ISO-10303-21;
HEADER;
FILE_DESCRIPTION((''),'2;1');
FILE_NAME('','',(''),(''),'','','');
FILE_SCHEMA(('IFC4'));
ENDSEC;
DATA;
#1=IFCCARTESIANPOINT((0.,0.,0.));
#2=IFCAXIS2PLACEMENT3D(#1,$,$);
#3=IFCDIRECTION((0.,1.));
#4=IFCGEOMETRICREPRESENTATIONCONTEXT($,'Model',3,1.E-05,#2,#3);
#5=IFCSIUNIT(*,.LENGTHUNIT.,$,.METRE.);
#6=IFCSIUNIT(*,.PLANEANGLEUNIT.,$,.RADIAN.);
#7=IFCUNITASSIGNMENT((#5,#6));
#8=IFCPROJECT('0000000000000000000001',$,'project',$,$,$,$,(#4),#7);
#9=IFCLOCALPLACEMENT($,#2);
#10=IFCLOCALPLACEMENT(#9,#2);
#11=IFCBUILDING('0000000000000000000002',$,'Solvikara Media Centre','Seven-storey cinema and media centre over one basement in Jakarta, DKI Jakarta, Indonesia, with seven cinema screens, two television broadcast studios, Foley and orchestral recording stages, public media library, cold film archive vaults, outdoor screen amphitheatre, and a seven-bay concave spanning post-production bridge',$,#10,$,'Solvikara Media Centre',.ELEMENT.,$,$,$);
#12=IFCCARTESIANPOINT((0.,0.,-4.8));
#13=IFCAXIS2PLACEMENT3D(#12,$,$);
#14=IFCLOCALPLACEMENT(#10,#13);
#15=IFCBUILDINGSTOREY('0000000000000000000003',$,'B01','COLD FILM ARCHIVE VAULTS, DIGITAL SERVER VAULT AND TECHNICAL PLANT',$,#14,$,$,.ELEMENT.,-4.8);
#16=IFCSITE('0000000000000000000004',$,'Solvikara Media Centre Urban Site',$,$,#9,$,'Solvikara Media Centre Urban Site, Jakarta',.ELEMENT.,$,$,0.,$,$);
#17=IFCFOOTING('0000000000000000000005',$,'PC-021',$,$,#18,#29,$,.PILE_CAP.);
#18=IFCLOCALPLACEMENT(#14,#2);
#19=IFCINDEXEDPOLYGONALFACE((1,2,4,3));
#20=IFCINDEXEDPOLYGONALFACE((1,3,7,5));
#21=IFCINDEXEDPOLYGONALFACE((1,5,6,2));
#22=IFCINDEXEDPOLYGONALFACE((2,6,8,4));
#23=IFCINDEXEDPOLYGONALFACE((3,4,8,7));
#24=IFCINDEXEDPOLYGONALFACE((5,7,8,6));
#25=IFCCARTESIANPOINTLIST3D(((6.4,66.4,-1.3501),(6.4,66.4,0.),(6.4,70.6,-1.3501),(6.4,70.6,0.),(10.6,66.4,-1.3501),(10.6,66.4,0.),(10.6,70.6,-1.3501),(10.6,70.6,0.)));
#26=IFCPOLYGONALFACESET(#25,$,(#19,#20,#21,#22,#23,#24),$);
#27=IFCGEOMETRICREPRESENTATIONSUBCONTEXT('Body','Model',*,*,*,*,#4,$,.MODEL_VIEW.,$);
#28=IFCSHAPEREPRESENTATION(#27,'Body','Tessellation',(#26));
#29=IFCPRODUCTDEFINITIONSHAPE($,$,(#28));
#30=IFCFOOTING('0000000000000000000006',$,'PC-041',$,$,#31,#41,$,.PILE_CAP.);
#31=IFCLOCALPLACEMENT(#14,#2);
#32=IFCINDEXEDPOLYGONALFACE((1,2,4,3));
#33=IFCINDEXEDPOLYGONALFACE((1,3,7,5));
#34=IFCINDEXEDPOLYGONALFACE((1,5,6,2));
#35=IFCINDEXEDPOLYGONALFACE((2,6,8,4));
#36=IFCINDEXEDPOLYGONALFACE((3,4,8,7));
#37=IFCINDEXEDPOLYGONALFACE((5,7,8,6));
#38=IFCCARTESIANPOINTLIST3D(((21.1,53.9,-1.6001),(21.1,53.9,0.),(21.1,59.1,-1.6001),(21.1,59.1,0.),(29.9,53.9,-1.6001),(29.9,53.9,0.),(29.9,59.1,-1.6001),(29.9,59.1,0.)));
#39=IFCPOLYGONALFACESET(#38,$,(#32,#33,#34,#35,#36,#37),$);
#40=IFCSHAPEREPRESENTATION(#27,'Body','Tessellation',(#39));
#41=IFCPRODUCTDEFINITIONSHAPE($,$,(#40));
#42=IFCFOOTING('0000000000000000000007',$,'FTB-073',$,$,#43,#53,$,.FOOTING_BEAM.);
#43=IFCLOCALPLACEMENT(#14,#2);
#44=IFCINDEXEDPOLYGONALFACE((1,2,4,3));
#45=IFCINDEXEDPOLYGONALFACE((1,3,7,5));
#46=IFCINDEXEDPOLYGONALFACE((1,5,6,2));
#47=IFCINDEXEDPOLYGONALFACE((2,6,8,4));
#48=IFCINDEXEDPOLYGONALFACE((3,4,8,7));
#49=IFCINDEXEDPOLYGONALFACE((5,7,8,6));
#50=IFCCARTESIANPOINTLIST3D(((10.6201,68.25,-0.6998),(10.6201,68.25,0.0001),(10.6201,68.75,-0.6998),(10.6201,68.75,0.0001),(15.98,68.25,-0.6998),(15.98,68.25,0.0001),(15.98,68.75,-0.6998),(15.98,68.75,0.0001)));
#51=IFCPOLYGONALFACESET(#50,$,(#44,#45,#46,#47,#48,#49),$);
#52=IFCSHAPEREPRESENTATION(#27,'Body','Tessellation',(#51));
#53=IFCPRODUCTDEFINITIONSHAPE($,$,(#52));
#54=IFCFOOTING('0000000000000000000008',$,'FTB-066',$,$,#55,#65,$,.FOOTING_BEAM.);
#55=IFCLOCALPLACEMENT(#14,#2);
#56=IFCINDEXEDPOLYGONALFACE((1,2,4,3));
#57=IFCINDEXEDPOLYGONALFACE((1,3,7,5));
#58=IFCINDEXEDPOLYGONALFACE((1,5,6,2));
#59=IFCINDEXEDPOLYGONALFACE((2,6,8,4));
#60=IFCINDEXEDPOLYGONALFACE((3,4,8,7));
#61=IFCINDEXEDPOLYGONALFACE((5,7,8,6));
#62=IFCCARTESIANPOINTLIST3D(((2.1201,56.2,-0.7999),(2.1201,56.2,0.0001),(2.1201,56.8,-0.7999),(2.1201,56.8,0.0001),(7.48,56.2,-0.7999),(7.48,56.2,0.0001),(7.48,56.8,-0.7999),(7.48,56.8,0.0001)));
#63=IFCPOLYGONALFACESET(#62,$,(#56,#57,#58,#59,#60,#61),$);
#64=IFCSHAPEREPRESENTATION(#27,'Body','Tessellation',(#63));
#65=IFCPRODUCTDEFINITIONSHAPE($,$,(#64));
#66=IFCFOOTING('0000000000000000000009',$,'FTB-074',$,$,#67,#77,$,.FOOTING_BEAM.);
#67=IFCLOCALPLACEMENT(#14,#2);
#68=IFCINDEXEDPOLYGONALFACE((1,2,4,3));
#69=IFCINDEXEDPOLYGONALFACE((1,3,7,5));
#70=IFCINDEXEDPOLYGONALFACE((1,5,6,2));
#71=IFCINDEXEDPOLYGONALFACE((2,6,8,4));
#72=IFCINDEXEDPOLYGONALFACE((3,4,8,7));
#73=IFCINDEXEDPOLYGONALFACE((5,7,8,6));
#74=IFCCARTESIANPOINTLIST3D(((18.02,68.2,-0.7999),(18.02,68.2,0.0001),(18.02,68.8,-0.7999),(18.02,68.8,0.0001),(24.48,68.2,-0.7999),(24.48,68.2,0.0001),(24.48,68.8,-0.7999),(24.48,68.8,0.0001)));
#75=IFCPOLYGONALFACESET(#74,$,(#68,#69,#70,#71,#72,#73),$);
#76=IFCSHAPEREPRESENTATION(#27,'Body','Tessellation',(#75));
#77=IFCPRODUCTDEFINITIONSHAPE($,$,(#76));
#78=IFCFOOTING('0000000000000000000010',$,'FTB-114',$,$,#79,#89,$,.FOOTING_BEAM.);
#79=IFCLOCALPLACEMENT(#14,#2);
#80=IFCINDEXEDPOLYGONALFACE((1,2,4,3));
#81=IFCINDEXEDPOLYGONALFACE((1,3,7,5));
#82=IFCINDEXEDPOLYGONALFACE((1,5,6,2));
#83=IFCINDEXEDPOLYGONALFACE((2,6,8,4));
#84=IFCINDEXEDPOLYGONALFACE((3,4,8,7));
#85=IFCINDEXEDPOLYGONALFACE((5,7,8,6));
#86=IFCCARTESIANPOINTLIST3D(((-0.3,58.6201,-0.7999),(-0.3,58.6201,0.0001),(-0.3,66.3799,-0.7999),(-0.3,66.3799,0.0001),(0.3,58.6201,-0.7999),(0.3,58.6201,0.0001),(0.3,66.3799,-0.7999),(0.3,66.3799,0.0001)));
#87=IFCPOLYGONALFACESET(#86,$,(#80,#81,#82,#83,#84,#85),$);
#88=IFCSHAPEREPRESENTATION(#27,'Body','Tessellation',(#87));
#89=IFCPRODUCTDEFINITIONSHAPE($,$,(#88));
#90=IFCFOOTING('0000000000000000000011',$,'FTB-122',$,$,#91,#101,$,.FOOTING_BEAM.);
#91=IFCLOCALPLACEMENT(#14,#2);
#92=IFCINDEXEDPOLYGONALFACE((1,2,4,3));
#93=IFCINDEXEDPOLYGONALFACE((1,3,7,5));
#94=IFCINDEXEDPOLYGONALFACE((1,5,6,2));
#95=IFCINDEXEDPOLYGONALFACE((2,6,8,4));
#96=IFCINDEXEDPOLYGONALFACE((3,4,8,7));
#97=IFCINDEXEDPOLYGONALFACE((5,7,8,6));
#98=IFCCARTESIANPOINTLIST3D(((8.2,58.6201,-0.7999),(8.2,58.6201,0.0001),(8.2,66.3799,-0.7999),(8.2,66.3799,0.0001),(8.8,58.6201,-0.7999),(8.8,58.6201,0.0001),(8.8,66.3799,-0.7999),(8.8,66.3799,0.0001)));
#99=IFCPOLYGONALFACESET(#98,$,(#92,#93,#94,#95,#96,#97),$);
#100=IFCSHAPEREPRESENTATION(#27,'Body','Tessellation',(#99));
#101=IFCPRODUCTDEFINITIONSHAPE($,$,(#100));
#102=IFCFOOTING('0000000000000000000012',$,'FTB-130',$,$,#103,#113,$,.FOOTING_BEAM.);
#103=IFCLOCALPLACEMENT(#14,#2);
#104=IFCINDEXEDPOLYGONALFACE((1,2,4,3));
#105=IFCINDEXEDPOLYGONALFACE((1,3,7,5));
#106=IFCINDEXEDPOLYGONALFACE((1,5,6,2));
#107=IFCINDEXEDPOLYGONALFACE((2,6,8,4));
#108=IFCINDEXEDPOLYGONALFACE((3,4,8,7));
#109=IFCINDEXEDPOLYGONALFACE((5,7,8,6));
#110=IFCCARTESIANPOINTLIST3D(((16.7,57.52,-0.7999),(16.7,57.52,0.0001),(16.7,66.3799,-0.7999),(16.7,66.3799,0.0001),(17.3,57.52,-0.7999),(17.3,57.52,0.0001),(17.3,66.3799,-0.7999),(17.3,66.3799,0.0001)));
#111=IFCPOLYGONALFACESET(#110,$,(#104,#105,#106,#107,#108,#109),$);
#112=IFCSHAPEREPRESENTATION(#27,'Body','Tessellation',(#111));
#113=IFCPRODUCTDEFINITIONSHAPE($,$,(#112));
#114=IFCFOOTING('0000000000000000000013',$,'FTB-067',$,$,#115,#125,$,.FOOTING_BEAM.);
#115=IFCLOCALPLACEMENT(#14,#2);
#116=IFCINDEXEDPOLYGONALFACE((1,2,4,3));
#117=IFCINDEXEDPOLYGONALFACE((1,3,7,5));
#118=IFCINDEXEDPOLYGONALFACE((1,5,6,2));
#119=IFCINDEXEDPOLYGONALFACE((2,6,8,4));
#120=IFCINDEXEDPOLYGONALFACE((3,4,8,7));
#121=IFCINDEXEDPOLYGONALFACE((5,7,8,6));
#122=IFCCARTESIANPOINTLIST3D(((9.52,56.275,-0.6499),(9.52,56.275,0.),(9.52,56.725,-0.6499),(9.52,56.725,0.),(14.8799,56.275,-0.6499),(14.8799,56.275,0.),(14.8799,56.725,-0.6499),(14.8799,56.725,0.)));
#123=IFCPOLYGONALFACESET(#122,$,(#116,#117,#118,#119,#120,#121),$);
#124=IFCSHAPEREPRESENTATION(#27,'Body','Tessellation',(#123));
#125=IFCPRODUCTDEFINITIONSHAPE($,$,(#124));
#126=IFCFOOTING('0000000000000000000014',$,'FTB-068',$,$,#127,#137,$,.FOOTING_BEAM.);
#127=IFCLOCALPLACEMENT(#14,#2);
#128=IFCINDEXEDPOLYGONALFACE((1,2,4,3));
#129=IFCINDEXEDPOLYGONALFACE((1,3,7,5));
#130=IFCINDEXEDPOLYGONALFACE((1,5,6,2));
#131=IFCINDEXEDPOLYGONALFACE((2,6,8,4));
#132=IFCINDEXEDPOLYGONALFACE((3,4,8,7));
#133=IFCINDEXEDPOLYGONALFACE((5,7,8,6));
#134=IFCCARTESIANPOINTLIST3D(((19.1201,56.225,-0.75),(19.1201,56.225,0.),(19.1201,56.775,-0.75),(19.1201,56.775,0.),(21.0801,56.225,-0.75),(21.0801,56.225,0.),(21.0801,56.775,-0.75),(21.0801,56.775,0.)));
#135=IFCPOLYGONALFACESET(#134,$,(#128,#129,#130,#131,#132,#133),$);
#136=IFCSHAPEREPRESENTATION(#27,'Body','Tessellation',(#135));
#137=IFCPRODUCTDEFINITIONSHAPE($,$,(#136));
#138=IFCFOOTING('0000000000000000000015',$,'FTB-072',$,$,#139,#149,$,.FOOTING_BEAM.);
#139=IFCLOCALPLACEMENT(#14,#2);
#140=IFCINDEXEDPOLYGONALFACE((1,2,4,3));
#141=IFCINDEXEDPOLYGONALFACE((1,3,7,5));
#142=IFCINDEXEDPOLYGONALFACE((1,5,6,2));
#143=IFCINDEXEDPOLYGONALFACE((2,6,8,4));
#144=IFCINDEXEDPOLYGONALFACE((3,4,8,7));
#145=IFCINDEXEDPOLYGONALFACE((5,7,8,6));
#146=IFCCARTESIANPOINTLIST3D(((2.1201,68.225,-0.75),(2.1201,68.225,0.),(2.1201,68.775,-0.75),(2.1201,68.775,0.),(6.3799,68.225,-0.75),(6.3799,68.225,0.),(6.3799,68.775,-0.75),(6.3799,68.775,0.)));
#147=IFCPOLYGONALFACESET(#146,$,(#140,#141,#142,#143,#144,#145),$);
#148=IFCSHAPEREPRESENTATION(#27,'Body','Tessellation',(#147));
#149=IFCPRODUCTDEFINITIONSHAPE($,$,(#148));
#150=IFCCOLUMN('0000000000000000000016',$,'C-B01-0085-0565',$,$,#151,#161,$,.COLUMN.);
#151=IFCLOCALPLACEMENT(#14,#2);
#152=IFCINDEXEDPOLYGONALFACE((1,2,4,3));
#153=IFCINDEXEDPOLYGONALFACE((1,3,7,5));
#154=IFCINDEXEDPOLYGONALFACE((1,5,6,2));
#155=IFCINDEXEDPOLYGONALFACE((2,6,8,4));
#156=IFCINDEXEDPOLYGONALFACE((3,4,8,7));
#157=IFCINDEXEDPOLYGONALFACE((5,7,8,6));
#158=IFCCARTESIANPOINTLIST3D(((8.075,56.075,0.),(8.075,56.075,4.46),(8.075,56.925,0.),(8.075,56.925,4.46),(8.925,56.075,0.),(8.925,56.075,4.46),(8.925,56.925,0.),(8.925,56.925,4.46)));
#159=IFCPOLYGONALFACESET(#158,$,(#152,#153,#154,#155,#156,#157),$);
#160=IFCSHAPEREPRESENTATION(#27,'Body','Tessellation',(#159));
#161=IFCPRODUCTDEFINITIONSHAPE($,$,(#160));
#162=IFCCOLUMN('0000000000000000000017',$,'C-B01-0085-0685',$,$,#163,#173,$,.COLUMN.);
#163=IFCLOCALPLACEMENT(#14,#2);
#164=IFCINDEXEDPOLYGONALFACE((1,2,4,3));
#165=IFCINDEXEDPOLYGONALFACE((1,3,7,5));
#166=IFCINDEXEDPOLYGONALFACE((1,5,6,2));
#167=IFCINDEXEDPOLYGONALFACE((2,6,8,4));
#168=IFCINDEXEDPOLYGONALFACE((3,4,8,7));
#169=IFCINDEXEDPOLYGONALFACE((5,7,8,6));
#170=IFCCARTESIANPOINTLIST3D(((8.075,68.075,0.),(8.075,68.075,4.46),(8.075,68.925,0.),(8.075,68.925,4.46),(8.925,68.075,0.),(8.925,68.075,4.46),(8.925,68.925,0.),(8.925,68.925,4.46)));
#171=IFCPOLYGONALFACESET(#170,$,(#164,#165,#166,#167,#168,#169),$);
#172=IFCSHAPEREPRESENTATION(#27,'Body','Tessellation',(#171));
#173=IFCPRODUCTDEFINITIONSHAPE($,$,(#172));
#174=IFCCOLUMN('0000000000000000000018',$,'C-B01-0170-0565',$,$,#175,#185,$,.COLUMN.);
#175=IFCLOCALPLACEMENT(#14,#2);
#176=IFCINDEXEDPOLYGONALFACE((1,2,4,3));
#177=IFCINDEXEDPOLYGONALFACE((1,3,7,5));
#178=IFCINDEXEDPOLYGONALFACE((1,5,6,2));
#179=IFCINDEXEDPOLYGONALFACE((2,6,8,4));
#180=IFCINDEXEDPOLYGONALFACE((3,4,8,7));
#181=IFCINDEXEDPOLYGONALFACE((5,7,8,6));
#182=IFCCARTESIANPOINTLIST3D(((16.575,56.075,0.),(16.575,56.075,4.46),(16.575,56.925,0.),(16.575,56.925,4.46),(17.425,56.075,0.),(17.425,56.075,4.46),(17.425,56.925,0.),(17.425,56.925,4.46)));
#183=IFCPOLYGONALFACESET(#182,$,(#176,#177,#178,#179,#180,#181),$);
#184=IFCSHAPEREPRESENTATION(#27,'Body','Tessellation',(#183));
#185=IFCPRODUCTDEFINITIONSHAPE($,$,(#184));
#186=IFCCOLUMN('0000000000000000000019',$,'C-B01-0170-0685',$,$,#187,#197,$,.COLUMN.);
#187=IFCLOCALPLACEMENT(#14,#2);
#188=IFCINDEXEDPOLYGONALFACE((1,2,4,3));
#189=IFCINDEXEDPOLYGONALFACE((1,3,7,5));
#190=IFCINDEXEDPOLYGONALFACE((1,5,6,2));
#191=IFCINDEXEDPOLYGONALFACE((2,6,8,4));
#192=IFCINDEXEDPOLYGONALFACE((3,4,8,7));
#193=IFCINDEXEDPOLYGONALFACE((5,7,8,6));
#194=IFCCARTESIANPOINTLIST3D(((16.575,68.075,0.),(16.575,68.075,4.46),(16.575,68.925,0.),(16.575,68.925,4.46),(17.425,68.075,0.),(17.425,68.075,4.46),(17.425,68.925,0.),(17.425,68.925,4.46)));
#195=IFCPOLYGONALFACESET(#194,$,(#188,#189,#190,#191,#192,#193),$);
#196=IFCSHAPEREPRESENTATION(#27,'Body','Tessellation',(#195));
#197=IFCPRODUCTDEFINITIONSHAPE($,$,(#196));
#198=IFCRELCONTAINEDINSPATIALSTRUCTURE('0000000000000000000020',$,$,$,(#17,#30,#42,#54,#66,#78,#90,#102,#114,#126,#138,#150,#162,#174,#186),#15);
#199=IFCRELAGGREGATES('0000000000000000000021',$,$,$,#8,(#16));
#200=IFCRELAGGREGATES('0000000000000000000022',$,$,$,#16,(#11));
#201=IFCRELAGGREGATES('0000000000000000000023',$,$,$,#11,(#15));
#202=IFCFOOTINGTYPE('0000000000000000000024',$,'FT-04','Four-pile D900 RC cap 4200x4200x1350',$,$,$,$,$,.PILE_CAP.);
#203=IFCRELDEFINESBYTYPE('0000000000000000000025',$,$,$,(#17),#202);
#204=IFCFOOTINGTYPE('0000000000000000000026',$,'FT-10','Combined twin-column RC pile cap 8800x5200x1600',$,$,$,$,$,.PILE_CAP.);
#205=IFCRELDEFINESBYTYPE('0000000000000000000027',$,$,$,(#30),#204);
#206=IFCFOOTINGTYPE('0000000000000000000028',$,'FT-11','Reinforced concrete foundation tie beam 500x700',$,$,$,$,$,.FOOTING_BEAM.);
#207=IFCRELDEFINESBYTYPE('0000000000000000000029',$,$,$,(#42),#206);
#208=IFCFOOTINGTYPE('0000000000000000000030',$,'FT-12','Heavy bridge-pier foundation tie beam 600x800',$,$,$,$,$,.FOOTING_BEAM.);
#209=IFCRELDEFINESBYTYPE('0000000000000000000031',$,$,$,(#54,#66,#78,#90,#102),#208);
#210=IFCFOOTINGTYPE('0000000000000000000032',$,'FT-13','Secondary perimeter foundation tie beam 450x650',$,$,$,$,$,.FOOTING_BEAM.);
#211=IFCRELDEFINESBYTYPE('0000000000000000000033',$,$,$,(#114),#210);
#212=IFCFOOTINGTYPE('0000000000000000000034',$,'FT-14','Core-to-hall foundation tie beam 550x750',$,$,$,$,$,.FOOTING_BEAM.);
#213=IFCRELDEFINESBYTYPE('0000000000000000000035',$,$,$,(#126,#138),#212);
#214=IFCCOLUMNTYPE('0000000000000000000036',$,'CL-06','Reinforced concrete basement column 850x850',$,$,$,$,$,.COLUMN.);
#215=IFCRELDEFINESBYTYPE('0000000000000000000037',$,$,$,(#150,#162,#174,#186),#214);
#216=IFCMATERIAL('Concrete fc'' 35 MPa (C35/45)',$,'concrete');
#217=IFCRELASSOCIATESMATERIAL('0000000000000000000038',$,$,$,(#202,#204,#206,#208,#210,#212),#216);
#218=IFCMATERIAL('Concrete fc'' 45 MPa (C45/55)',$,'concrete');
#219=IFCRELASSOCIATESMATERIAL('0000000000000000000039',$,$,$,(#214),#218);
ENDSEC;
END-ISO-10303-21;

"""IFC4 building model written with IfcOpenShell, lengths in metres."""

from ifc_helpers import new_model, si_unit, direction, frame, origin, origin_2d, place, context, subcontext, project, spatial, rectangle, extrude, material, material_profile, profile_set, type_object, element, save


model = new_model("IFC4")

# Units and contexts
model_context = context("Model", 3, precision=1e-05, world=origin(), true_north=direction((0.0, 1.0)))
body_context = subcontext(model_context, "Body", "Model", "MODEL_VIEW")
ifc_project = project(units=[si_unit("LENGTHUNIT", "METRE"), si_unit("PLANEANGLEUNIT", "RADIAN")], contexts=[model_context])

# Site, building, storey
site_placement = place(None, origin())
site = spatial("IfcSite", under=ifc_project, at=site_placement, Name="Solvikara Media Centre Urban Site", LongName="Solvikara Media Centre Urban Site, Jakarta", CompositionType="ELEMENT", RefElevation=0.0)
building_placement = place(site_placement, origin())
building = spatial("IfcBuilding", under=site, at=building_placement, Name="Solvikara Media Centre", Description="Seven-storey cinema and media centre over one basement in Jakarta, DKI Jakarta, Indonesia, with seven cinema screens, two television broadcast studios, Foley and orchestral recording stages, public media library, cold film archive vaults, outdoor screen amphitheatre, and a seven-bay concave spanning post-production bridge", LongName="Solvikara Media Centre", CompositionType="ELEMENT")
storey_placement = place(building_placement, frame((0.0, 0.0, -4.8)))
storey = spatial("IfcBuildingStorey", under=building, at=storey_placement, Name="B01", Description="COLD FILM ARCHIVE VAULTS, DIGITAL SERVER VAULT AND TECHNICAL PLANT", CompositionType="ELEMENT", Elevation=-4.8)

# Shared definitions
ifc_material_1 = material(Name="Concrete fc' 35 MPa (C35/45)", Category="concrete")

# Footings
footing_type_1 = type_object("IfcFootingType", Name="FT-04", Description="Four-pile D900 RC cap 4200x4200x1350", PredefinedType="PILE_CAP", material=ifc_material_1)
for number, where, z_axis, x_axis, name in (
    (1, (8.5, 68.5, -1.3501), (0.0, 0.0, 1.0), (1.0, 0.0, 0.0), "PC-021"),
):
    element("IfcFooting", number, at=place(storey_placement, frame(where, z_axis=z_axis, x_axis=x_axis)), inside=storey, type_object=footing_type_1, Name=name, PredefinedType="PILE_CAP", context=body_context, shape_type="SweptSolid", body=[
        extrude(rectangle(XDim=4.2, YDim=4.2, at=origin_2d()), origin(), (0.0, 0.0, 1.0), 1.3501),
    ])
footing_type_2 = type_object("IfcFootingType", Name="FT-10", Description="Combined twin-column RC pile cap 8800x5200x1600", PredefinedType="PILE_CAP", material=ifc_material_1)
footing_1_placement = place(storey_placement, frame((25.5, 56.5, -1.6001), z_axis=(0.0, 0.0, 1.0), x_axis=(1.0, 0.0, 0.0)))
element("IfcFooting", 2, at=footing_1_placement, inside=storey, type_object=footing_type_2, Name="PC-041", PredefinedType="PILE_CAP", context=body_context, shape_type="SweptSolid", body=[
    extrude(rectangle(XDim=8.8, YDim=5.2, at=origin_2d()), origin(), (0.0, 0.0, 1.0), 1.6001),
])
ifc_material_profile_1 = material_profile(ifc_material_1, rectangle(XDim=0.5, YDim=0.7, at=origin_2d()), Name="RC 500x700")
ifc_profile_set_1 = profile_set([ifc_material_profile_1], Name="Concrete fc' 35 MPa (C35/45)")
footing_type_3 = type_object("IfcFootingType", Name="FT-11", Description="Reinforced concrete foundation tie beam 500x700", PredefinedType="FOOTING_BEAM", material=ifc_profile_set_1)
footing_2_placement = place(storey_placement, frame((10.6201, 68.5, -0.3499), z_axis=(1.0, 0.0, 0.0), x_axis=(0.0, 1.0, 0.0)))
element("IfcFooting", 3, at=footing_2_placement, inside=storey, type_object=footing_type_3, Name="FTB-073", PredefinedType="FOOTING_BEAM", context=body_context, shape_type="SweptSolid", body=[
    extrude(rectangle(XDim=0.5, YDim=0.7, at=origin_2d()), origin(), (0.0, 0.0, 1.0), 5.3599),
])
ifc_material_profile_2 = material_profile(ifc_material_1, rectangle(XDim=0.6001, YDim=0.8, at=origin_2d()), Name="RC 600x800")
ifc_profile_set_2 = profile_set([ifc_material_profile_2], Name="Concrete fc' 35 MPa (C35/45)")
footing_type_4 = type_object("IfcFootingType", Name="FT-12", Description="Heavy bridge-pier foundation tie beam 600x800", PredefinedType="FOOTING_BEAM", material=ifc_profile_set_2)
footing_3_placement = place(storey_placement, frame((2.1201, 56.5, -0.3999), z_axis=(1.0, 0.0, 0.0), x_axis=(0.0, 1.0, 0.0)))
element("IfcFooting", 4, at=footing_3_placement, inside=storey, type_object=footing_type_4, Name="FTB-066", PredefinedType="FOOTING_BEAM", context=body_context, shape_type="SweptSolid", body=[
    extrude(rectangle(XDim=0.6001, YDim=0.8, at=origin_2d()), origin(), (0.0, 0.0, 1.0), 5.3599),
])
footing_4_placement = place(storey_placement, frame((18.02, 68.5, -0.3999), z_axis=(1.0, 0.0, 0.0), x_axis=(0.0, 1.0, 0.0)))
element("IfcFooting", 5, at=footing_4_placement, inside=storey, type_object=footing_type_4, Name="FTB-074", PredefinedType="FOOTING_BEAM", context=body_context, shape_type="SweptSolid", body=[
    extrude(rectangle(XDim=0.6001, YDim=0.8, at=origin_2d()), origin(), (0.0, 0.0, 1.0), 6.46),
])
for number, where, z_axis, x_axis, name in (
    (6, (0.0, 58.6201, -0.3999), (0.0, 1.0, 0.0), (-1.0, 0.0, 0.0), "FTB-114"),
    (7, (8.5, 58.6201, -0.3999), (0.0, 1.0, 0.0), (-1.0, 0.0, 0.0), "FTB-122"),
):
    element("IfcFooting", number, at=place(storey_placement, frame(where, z_axis=z_axis, x_axis=x_axis)), inside=storey, type_object=footing_type_4, Name=name, PredefinedType="FOOTING_BEAM", context=body_context, shape_type="SweptSolid", body=[
        extrude(rectangle(XDim=0.6001, YDim=0.8, at=origin_2d()), origin(), (0.0, 0.0, 1.0), 7.7598),
    ])
footing_5_placement = place(storey_placement, frame((17.0, 57.52, -0.3999), z_axis=(0.0, 1.0, 0.0), x_axis=(-1.0, 0.0, 0.0)))
element("IfcFooting", 8, at=footing_5_placement, inside=storey, type_object=footing_type_4, Name="FTB-130", PredefinedType="FOOTING_BEAM", context=body_context, shape_type="SweptSolid", body=[
    extrude(rectangle(XDim=0.6001, YDim=0.8, at=origin_2d()), origin(), (0.0, 0.0, 1.0), 8.8599),
])
ifc_material_profile_3 = material_profile(ifc_material_1, rectangle(XDim=0.45, YDim=0.6499, at=origin_2d()), Name="RC 450x650")
ifc_profile_set_3 = profile_set([ifc_material_profile_3], Name="Concrete fc' 35 MPa (C35/45)")
footing_type_5 = type_object("IfcFootingType", Name="FT-13", Description="Secondary perimeter foundation tie beam 450x650", PredefinedType="FOOTING_BEAM", material=ifc_profile_set_3)
footing_6_placement = place(storey_placement, frame((9.52, 56.5, -0.325), z_axis=(1.0, 0.0, 0.0), x_axis=(0.0, 1.0, 0.0)))
element("IfcFooting", 9, at=footing_6_placement, inside=storey, type_object=footing_type_5, Name="FTB-067", PredefinedType="FOOTING_BEAM", context=body_context, shape_type="SweptSolid", body=[
    extrude(rectangle(XDim=0.45, YDim=0.6499, at=origin_2d()), origin(), (0.0, 0.0, 1.0), 5.3599),
])
ifc_material_profile_4 = material_profile(ifc_material_1, rectangle(XDim=0.55, YDim=0.75, at=origin_2d()), Name="RC 550x750")
ifc_profile_set_4 = profile_set([ifc_material_profile_4], Name="Concrete fc' 35 MPa (C35/45)")
footing_type_6 = type_object("IfcFootingType", Name="FT-14", Description="Core-to-hall foundation tie beam 550x750", PredefinedType="FOOTING_BEAM", material=ifc_profile_set_4)
footing_7_placement = place(storey_placement, frame((19.1201, 56.5, -0.375), z_axis=(1.0, 0.0, 0.0), x_axis=(0.0, 1.0, 0.0)))
element("IfcFooting", 10, at=footing_7_placement, inside=storey, type_object=footing_type_6, Name="FTB-068", PredefinedType="FOOTING_BEAM", context=body_context, shape_type="SweptSolid", body=[
    extrude(rectangle(XDim=0.55, YDim=0.75, at=origin_2d()), origin(), (0.0, 0.0, 1.0), 1.96),
])
footing_8_placement = place(storey_placement, frame((2.1201, 68.5, -0.375), z_axis=(1.0, 0.0, 0.0), x_axis=(0.0, 1.0, 0.0)))
element("IfcFooting", 11, at=footing_8_placement, inside=storey, type_object=footing_type_6, Name="FTB-072", PredefinedType="FOOTING_BEAM", context=body_context, shape_type="SweptSolid", body=[
    extrude(rectangle(XDim=0.55, YDim=0.75, at=origin_2d()), origin(), (0.0, 0.0, 1.0), 4.2598),
])

# Columns
ifc_material_2 = material(Name="Concrete fc' 45 MPa (C45/55)", Category="concrete")
ifc_material_profile_5 = material_profile(ifc_material_2, rectangle(XDim=0.8501, YDim=0.8501, at=origin_2d()), Name="RC 850x850")
ifc_profile_set_5 = profile_set([ifc_material_profile_5], Name="Concrete fc' 45 MPa (C45/55)")
column_type_1 = type_object("IfcColumnType", Name="CL-06", Description="Reinforced concrete basement column 850x850", PredefinedType="COLUMN", material=ifc_profile_set_5)
for number, where, z_axis, x_axis, name in (
    (12, (8.5, 56.5, 0.0), (0.0, 0.0, 1.0), (1.0, 0.0, 0.0), "C-B01-0085-0565"),
    (13, (8.5, 68.5, 0.0), (0.0, 0.0, 1.0), (1.0, 0.0, 0.0), "C-B01-0085-0685"),
    (14, (17.0, 56.5, 0.0), (0.0, 0.0, 1.0), (1.0, 0.0, 0.0), "C-B01-0170-0565"),
    (15, (17.0, 68.5, 0.0), (0.0, 0.0, 1.0), (1.0, 0.0, 0.0), "C-B01-0170-0685"),
):
    element("IfcColumn", number, at=place(storey_placement, frame(where, z_axis=z_axis, x_axis=x_axis)), inside=storey, type_object=column_type_1, Name=name, PredefinedType="COLUMN", context=body_context, shape_type="SweptSolid", body=[
        extrude(rectangle(XDim=0.8501, YDim=0.8501, at=origin_2d()), origin(), (0.0, 0.0, 1.0), 4.46),
    ])

save(model, "model.ifc")
